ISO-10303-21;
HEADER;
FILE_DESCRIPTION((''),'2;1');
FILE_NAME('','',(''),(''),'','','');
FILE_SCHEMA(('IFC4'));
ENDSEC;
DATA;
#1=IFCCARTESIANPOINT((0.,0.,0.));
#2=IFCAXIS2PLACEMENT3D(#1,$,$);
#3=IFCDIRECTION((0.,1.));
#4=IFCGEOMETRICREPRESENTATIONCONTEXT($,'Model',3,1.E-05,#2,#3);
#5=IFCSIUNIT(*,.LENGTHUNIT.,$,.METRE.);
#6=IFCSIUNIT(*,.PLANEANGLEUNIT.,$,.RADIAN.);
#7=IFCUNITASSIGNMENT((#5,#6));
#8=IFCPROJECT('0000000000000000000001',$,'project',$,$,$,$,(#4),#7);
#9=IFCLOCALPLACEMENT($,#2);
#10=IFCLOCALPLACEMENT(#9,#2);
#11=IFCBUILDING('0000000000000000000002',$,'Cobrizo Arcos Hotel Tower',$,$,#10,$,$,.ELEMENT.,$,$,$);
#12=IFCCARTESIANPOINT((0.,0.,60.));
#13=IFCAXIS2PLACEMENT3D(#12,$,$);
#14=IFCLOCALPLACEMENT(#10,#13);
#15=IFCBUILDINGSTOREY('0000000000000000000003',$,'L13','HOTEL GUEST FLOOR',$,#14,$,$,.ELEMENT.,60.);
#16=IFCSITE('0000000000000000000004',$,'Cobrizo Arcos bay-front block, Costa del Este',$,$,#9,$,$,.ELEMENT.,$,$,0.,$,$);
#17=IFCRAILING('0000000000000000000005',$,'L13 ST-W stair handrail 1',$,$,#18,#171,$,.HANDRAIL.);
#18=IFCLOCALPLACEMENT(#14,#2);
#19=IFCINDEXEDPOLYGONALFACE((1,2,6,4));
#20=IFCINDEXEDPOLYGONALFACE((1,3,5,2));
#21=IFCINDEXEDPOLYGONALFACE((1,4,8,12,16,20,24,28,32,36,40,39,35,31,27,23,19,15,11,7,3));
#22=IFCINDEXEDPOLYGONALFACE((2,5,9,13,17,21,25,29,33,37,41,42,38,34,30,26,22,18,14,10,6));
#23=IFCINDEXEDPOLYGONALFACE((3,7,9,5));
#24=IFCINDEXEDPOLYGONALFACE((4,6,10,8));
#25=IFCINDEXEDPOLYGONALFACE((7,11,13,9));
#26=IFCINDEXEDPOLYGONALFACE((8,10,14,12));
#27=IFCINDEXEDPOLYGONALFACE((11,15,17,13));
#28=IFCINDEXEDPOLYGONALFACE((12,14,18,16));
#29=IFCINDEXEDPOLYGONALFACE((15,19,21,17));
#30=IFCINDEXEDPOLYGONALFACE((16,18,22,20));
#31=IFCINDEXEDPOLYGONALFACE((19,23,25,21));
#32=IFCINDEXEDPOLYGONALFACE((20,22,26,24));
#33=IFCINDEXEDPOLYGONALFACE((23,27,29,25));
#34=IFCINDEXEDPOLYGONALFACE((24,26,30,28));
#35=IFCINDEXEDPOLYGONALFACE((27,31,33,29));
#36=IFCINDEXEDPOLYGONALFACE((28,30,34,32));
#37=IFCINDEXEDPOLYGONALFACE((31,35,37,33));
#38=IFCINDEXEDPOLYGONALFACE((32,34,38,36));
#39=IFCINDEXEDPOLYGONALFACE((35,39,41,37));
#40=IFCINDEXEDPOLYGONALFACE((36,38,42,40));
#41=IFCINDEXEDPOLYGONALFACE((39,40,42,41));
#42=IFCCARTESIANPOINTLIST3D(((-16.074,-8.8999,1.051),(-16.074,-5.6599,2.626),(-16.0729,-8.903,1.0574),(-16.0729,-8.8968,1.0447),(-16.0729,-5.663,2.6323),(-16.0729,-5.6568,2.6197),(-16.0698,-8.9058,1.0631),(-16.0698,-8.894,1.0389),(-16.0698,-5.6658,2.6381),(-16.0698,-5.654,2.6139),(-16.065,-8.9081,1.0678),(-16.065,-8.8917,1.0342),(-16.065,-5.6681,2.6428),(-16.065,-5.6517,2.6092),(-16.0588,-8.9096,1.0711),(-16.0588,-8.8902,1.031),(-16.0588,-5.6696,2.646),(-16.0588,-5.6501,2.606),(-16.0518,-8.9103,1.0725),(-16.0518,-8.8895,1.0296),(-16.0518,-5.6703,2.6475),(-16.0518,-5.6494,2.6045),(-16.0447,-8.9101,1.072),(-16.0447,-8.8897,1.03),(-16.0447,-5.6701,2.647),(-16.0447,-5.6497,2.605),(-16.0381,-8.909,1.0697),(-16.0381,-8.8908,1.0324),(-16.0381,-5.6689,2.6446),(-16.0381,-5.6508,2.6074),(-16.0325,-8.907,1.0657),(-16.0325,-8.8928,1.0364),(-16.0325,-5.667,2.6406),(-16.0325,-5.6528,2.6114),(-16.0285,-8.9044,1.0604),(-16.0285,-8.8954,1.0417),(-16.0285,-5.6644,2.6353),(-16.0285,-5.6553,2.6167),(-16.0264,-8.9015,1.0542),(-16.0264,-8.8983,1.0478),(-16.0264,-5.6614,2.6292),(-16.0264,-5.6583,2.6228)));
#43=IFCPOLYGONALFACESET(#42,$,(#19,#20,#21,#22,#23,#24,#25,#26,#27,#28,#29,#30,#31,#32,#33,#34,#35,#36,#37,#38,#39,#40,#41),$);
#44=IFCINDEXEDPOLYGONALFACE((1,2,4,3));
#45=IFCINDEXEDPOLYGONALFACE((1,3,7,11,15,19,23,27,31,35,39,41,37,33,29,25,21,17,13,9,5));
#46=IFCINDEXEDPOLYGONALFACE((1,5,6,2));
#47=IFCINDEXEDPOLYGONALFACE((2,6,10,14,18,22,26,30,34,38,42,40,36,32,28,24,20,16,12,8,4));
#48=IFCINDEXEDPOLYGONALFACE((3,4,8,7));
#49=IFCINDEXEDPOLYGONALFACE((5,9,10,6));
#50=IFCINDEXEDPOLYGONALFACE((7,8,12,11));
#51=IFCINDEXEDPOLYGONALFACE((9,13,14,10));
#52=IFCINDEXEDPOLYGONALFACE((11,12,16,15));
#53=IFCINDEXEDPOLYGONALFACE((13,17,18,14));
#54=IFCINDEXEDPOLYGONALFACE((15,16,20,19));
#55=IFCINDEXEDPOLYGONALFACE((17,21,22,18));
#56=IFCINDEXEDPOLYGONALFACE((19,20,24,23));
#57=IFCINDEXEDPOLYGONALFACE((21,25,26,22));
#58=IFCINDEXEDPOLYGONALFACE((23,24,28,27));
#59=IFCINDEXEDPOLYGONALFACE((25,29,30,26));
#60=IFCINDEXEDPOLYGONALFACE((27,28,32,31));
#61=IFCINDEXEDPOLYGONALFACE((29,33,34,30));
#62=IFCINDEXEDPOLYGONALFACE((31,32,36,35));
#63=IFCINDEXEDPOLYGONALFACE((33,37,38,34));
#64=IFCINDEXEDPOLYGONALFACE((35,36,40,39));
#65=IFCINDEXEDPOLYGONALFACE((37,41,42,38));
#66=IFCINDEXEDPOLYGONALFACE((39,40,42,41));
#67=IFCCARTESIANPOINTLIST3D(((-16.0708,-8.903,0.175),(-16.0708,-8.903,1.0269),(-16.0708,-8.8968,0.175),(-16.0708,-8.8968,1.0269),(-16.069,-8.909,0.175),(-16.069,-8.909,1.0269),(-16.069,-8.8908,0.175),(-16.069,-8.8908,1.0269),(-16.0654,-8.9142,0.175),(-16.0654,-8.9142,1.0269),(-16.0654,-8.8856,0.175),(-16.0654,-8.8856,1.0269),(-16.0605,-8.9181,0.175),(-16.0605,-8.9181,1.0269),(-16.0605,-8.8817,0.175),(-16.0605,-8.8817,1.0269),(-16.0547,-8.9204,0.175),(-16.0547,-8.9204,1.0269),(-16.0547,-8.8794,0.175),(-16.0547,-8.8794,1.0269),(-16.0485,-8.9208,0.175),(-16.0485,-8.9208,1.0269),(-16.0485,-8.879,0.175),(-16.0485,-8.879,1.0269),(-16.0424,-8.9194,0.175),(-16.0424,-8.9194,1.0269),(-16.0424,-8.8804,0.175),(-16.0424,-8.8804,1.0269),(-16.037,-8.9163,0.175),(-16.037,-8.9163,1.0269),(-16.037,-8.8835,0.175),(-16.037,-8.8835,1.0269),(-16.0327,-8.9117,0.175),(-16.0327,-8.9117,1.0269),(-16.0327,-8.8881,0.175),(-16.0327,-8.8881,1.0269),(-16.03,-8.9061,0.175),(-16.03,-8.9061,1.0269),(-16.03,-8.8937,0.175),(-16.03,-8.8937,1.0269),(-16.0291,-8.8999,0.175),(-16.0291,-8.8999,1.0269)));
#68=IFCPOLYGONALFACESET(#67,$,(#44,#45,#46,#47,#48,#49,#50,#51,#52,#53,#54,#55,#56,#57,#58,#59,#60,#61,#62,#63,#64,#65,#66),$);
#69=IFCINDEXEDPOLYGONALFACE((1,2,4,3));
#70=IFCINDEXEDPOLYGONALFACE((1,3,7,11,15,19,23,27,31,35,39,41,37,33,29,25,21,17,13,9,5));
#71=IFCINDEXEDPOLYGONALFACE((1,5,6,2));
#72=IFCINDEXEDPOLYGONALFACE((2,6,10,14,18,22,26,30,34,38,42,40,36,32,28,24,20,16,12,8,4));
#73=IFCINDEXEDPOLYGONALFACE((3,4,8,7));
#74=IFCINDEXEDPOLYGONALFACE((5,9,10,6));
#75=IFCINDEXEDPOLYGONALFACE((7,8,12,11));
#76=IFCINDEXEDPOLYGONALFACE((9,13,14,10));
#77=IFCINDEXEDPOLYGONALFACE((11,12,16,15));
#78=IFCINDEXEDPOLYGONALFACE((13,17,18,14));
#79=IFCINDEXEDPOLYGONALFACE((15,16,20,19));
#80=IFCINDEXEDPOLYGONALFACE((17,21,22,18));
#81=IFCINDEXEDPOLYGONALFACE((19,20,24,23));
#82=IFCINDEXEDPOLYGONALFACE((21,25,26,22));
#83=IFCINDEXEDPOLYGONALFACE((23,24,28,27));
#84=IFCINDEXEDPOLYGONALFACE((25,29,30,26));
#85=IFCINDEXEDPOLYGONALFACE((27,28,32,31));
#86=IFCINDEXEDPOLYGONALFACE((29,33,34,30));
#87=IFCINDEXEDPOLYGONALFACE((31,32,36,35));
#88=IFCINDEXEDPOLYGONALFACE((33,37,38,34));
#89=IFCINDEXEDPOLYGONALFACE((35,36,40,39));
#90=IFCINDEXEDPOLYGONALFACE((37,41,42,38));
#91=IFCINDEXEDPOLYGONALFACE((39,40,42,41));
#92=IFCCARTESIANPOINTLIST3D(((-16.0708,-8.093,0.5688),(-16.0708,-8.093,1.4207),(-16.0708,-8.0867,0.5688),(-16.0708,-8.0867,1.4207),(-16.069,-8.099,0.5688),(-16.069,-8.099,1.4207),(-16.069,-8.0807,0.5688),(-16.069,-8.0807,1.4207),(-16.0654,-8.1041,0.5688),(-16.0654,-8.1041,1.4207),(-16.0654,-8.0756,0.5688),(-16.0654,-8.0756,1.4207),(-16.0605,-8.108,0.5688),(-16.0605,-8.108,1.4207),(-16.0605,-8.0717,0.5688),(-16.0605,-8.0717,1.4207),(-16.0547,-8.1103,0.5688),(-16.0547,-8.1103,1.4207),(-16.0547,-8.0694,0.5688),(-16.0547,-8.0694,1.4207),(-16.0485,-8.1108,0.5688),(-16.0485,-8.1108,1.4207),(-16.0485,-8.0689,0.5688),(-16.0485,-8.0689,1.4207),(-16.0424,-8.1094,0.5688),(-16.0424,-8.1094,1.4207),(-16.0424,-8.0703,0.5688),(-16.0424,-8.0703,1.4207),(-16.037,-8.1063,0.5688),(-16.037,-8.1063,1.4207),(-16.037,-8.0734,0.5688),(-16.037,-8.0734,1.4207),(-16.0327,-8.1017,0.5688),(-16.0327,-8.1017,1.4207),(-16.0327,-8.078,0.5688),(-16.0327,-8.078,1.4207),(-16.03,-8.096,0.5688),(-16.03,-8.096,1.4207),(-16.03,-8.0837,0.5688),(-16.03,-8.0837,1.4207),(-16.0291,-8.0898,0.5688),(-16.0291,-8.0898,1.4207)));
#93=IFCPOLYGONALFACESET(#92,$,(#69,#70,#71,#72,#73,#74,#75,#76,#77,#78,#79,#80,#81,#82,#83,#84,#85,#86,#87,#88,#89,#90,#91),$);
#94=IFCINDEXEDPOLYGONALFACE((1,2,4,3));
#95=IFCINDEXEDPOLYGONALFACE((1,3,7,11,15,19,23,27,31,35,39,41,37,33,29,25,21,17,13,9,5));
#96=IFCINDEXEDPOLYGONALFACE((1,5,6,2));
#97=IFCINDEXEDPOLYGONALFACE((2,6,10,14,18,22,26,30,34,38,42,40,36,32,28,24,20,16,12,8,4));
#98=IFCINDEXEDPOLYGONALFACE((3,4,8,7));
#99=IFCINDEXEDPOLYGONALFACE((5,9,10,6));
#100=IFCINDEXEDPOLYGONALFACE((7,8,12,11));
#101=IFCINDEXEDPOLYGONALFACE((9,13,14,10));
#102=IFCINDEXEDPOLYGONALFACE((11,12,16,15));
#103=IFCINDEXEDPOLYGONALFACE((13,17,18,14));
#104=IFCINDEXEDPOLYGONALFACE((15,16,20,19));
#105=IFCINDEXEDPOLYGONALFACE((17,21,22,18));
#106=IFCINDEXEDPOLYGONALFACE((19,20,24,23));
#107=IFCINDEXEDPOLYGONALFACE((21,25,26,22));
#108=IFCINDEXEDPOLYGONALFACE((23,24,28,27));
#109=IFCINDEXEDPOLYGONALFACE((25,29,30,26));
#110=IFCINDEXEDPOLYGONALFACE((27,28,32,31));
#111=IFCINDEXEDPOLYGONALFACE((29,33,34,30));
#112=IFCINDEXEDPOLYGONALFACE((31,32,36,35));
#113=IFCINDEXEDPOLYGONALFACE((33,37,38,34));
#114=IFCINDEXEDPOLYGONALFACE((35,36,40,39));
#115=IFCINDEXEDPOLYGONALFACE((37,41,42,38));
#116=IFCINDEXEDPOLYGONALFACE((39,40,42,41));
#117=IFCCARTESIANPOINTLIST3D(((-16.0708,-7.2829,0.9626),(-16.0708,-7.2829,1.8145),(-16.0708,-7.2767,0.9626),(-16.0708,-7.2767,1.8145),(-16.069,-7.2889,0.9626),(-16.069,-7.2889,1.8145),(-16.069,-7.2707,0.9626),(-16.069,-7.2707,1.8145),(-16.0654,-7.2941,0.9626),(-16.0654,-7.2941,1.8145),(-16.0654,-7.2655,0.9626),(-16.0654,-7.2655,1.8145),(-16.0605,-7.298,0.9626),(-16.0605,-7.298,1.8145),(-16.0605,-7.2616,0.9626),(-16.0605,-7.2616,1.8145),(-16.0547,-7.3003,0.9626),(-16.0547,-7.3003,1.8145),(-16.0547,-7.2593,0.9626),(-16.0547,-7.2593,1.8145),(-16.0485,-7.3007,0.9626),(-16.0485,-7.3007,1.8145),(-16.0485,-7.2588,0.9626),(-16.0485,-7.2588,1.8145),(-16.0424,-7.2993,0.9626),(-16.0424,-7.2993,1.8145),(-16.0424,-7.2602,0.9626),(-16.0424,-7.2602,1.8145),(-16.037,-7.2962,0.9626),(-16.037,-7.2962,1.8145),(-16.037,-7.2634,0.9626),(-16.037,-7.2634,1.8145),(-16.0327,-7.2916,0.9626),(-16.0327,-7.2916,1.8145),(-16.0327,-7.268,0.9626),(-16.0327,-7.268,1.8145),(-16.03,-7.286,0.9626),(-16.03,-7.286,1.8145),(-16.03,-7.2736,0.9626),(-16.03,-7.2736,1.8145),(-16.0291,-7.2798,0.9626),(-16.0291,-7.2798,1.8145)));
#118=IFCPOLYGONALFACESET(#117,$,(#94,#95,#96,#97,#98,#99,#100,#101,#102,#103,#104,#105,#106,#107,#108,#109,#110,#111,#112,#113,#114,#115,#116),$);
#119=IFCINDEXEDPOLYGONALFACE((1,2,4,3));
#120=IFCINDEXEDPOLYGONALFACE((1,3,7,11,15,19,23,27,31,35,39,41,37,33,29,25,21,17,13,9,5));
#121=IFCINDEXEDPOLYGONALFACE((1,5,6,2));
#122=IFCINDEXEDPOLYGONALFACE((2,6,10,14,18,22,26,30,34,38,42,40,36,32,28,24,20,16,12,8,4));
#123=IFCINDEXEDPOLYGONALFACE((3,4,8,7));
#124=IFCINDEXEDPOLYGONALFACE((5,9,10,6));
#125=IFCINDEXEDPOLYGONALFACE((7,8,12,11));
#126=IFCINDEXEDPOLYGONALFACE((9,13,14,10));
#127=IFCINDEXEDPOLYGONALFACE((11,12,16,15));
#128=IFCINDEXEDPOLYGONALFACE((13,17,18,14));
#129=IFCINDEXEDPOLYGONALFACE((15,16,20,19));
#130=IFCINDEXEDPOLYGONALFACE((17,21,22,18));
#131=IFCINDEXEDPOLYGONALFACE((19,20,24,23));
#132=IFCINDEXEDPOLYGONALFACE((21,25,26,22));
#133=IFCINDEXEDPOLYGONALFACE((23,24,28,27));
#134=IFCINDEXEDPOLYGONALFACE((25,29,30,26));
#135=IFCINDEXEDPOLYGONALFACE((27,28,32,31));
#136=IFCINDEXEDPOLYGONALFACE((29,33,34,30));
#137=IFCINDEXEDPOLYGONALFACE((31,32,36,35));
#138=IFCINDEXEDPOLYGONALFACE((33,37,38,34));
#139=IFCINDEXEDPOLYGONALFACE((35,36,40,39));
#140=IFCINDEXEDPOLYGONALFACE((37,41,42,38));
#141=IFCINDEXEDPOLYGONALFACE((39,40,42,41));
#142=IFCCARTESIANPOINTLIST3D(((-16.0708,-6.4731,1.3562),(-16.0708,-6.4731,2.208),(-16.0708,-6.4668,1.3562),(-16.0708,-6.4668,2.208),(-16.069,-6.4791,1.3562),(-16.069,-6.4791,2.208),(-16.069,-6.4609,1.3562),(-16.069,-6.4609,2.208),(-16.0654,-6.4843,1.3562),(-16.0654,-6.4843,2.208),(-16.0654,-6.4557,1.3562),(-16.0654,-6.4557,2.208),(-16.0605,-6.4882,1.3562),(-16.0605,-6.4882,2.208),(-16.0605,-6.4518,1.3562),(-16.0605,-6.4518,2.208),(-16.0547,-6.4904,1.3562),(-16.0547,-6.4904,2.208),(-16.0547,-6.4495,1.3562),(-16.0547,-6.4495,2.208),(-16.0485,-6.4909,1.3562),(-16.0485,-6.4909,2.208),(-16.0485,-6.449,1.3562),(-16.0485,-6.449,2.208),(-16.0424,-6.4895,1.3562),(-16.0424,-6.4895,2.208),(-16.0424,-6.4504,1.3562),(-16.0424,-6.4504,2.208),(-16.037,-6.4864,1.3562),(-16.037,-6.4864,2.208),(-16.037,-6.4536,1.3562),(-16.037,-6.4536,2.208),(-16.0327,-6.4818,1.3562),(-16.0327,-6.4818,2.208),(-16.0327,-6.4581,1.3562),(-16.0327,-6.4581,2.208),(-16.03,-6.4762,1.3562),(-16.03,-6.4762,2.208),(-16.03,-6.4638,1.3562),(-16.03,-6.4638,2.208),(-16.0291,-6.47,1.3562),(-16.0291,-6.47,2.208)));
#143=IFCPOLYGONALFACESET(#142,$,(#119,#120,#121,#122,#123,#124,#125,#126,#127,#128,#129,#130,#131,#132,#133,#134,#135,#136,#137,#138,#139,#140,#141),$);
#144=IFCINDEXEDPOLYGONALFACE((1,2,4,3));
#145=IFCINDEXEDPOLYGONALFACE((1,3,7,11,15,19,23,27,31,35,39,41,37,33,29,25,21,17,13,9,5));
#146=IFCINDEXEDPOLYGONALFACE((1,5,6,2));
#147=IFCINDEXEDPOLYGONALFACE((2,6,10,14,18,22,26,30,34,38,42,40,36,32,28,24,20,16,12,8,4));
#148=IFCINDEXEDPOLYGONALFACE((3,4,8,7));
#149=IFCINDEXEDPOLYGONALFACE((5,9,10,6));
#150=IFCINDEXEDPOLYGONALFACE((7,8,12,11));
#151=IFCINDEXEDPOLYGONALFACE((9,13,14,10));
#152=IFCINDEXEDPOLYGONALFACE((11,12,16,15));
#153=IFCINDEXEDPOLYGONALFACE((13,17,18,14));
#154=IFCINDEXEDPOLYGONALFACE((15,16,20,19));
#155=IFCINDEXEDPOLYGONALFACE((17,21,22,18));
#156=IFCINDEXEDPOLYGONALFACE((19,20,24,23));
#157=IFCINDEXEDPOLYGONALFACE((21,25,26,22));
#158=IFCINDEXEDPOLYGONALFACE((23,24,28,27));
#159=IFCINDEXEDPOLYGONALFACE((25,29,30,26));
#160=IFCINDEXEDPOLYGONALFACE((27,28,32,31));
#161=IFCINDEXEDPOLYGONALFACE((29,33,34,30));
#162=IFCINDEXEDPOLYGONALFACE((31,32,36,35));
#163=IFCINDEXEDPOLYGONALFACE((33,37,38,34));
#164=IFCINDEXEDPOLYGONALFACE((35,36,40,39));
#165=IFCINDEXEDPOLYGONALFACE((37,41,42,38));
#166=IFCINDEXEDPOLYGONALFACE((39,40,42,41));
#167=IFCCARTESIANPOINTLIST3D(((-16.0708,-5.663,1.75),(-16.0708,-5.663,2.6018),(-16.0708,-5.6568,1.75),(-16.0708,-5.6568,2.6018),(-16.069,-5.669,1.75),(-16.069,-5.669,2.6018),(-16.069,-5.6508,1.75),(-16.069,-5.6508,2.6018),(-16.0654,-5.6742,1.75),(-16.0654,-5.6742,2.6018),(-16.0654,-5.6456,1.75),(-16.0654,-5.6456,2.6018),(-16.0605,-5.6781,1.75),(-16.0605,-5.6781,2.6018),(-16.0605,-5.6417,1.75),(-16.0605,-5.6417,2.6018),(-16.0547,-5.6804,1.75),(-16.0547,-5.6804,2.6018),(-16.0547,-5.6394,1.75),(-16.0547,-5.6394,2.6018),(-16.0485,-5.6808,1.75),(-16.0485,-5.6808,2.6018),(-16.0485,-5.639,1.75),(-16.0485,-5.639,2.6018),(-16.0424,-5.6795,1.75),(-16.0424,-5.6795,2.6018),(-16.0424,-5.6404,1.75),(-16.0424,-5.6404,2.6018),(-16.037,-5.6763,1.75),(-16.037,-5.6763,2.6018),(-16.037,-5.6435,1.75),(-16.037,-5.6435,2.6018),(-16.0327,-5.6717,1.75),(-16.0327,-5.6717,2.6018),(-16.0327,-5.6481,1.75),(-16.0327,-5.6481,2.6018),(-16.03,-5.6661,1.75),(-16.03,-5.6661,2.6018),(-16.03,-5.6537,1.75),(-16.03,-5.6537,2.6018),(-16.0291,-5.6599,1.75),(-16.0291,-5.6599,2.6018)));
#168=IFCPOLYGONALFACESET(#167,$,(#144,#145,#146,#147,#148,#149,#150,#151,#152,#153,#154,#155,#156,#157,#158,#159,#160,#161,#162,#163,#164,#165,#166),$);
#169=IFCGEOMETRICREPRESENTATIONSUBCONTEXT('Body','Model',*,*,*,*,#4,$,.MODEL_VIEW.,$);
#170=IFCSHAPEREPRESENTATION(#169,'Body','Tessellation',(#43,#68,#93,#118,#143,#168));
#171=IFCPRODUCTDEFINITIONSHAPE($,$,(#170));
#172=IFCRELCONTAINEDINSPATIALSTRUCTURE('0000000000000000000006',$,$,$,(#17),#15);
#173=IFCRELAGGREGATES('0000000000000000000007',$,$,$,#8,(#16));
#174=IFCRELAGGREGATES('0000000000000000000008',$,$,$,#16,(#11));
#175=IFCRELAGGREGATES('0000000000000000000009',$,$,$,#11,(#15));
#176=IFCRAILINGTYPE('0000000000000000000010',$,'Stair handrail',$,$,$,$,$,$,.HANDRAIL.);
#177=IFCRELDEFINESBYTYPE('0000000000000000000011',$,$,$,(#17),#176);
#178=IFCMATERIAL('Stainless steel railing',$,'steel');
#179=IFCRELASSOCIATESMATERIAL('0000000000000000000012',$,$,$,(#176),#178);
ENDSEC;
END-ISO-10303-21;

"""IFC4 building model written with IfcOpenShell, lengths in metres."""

from ifc_helpers import new_model, si_unit, direction, frame, origin, origin_2d, place, context, subcontext, project, spatial, circle, extrude, material, type_object, element, save


model = new_model("IFC4")

# Units and contexts
model_context = context("Model", 3, precision=1e-05, world=origin(), true_north=direction((0.0, 1.0)))
body_context = subcontext(model_context, "Body", "Model", "MODEL_VIEW")
ifc_project = project(units=[si_unit("LENGTHUNIT", "METRE"), si_unit("PLANEANGLEUNIT", "RADIAN")], contexts=[model_context])

# Site, building, storey
site_placement = place(None, origin())
site = spatial("IfcSite", under=ifc_project, at=site_placement, Name="Cobrizo Arcos bay-front block, Costa del Este", CompositionType="ELEMENT", RefElevation=0.0)
building_placement = place(site_placement, origin())
building = spatial("IfcBuilding", under=site, at=building_placement, Name="Cobrizo Arcos Hotel Tower", CompositionType="ELEMENT")
storey_placement = place(building_placement, frame((0.0, 0.0, 60.0)))
storey = spatial("IfcBuildingStorey", under=building, at=storey_placement, Name="L13", Description="HOTEL GUEST FLOOR", CompositionType="ELEMENT", Elevation=60.0)

# Railing
ifc_material_1 = material(Name="Stainless steel railing", Category="steel")
railing_type_1 = type_object("IfcRailingType", Name="Stair handrail", PredefinedType="HANDRAIL", material=ifc_material_1)
railing_1_placement = place(storey_placement, frame((-16.05, -8.8999, 0.175)))
element("IfcRailing", 1, at=railing_1_placement, inside=storey, type_object=railing_type_1, Name="L13 ST-W stair handrail 1", PredefinedType="HANDRAIL", context=body_context, shape_type="SweptSolid", body=[
    extrude(circle(Radius=0.0239, at=origin_2d()), frame((0.0, 0.0, 0.876), z_axis=(0.0, 0.899373, 0.437183), x_axis=(-1.0, 0.0, 0.0)), (0.0, 0.0, 1.0), 3.6025),
    extrude(circle(Radius=0.021, at=origin_2d()), origin(), (0.0, 0.0, 1.0), 0.8518),
    extrude(circle(Radius=0.021, at=origin_2d()), frame((0.0, 0.8101, 0.3938)), (0.0, 0.0, 1.0), 0.8518),
    extrude(circle(Radius=0.021, at=origin_2d()), frame((0.0, 1.6201, 0.7876)), (0.0, 0.0, 1.0), 0.8518),
    extrude(circle(Radius=0.021, at=origin_2d()), frame((0.0, 2.4299, 1.1812)), (0.0, 0.0, 1.0), 0.8518),
    extrude(circle(Radius=0.021, at=origin_2d()), frame((0.0, 3.24, 1.575)), (0.0, 0.0, 1.0), 0.8518),
])

save(model, "model.ifc")
